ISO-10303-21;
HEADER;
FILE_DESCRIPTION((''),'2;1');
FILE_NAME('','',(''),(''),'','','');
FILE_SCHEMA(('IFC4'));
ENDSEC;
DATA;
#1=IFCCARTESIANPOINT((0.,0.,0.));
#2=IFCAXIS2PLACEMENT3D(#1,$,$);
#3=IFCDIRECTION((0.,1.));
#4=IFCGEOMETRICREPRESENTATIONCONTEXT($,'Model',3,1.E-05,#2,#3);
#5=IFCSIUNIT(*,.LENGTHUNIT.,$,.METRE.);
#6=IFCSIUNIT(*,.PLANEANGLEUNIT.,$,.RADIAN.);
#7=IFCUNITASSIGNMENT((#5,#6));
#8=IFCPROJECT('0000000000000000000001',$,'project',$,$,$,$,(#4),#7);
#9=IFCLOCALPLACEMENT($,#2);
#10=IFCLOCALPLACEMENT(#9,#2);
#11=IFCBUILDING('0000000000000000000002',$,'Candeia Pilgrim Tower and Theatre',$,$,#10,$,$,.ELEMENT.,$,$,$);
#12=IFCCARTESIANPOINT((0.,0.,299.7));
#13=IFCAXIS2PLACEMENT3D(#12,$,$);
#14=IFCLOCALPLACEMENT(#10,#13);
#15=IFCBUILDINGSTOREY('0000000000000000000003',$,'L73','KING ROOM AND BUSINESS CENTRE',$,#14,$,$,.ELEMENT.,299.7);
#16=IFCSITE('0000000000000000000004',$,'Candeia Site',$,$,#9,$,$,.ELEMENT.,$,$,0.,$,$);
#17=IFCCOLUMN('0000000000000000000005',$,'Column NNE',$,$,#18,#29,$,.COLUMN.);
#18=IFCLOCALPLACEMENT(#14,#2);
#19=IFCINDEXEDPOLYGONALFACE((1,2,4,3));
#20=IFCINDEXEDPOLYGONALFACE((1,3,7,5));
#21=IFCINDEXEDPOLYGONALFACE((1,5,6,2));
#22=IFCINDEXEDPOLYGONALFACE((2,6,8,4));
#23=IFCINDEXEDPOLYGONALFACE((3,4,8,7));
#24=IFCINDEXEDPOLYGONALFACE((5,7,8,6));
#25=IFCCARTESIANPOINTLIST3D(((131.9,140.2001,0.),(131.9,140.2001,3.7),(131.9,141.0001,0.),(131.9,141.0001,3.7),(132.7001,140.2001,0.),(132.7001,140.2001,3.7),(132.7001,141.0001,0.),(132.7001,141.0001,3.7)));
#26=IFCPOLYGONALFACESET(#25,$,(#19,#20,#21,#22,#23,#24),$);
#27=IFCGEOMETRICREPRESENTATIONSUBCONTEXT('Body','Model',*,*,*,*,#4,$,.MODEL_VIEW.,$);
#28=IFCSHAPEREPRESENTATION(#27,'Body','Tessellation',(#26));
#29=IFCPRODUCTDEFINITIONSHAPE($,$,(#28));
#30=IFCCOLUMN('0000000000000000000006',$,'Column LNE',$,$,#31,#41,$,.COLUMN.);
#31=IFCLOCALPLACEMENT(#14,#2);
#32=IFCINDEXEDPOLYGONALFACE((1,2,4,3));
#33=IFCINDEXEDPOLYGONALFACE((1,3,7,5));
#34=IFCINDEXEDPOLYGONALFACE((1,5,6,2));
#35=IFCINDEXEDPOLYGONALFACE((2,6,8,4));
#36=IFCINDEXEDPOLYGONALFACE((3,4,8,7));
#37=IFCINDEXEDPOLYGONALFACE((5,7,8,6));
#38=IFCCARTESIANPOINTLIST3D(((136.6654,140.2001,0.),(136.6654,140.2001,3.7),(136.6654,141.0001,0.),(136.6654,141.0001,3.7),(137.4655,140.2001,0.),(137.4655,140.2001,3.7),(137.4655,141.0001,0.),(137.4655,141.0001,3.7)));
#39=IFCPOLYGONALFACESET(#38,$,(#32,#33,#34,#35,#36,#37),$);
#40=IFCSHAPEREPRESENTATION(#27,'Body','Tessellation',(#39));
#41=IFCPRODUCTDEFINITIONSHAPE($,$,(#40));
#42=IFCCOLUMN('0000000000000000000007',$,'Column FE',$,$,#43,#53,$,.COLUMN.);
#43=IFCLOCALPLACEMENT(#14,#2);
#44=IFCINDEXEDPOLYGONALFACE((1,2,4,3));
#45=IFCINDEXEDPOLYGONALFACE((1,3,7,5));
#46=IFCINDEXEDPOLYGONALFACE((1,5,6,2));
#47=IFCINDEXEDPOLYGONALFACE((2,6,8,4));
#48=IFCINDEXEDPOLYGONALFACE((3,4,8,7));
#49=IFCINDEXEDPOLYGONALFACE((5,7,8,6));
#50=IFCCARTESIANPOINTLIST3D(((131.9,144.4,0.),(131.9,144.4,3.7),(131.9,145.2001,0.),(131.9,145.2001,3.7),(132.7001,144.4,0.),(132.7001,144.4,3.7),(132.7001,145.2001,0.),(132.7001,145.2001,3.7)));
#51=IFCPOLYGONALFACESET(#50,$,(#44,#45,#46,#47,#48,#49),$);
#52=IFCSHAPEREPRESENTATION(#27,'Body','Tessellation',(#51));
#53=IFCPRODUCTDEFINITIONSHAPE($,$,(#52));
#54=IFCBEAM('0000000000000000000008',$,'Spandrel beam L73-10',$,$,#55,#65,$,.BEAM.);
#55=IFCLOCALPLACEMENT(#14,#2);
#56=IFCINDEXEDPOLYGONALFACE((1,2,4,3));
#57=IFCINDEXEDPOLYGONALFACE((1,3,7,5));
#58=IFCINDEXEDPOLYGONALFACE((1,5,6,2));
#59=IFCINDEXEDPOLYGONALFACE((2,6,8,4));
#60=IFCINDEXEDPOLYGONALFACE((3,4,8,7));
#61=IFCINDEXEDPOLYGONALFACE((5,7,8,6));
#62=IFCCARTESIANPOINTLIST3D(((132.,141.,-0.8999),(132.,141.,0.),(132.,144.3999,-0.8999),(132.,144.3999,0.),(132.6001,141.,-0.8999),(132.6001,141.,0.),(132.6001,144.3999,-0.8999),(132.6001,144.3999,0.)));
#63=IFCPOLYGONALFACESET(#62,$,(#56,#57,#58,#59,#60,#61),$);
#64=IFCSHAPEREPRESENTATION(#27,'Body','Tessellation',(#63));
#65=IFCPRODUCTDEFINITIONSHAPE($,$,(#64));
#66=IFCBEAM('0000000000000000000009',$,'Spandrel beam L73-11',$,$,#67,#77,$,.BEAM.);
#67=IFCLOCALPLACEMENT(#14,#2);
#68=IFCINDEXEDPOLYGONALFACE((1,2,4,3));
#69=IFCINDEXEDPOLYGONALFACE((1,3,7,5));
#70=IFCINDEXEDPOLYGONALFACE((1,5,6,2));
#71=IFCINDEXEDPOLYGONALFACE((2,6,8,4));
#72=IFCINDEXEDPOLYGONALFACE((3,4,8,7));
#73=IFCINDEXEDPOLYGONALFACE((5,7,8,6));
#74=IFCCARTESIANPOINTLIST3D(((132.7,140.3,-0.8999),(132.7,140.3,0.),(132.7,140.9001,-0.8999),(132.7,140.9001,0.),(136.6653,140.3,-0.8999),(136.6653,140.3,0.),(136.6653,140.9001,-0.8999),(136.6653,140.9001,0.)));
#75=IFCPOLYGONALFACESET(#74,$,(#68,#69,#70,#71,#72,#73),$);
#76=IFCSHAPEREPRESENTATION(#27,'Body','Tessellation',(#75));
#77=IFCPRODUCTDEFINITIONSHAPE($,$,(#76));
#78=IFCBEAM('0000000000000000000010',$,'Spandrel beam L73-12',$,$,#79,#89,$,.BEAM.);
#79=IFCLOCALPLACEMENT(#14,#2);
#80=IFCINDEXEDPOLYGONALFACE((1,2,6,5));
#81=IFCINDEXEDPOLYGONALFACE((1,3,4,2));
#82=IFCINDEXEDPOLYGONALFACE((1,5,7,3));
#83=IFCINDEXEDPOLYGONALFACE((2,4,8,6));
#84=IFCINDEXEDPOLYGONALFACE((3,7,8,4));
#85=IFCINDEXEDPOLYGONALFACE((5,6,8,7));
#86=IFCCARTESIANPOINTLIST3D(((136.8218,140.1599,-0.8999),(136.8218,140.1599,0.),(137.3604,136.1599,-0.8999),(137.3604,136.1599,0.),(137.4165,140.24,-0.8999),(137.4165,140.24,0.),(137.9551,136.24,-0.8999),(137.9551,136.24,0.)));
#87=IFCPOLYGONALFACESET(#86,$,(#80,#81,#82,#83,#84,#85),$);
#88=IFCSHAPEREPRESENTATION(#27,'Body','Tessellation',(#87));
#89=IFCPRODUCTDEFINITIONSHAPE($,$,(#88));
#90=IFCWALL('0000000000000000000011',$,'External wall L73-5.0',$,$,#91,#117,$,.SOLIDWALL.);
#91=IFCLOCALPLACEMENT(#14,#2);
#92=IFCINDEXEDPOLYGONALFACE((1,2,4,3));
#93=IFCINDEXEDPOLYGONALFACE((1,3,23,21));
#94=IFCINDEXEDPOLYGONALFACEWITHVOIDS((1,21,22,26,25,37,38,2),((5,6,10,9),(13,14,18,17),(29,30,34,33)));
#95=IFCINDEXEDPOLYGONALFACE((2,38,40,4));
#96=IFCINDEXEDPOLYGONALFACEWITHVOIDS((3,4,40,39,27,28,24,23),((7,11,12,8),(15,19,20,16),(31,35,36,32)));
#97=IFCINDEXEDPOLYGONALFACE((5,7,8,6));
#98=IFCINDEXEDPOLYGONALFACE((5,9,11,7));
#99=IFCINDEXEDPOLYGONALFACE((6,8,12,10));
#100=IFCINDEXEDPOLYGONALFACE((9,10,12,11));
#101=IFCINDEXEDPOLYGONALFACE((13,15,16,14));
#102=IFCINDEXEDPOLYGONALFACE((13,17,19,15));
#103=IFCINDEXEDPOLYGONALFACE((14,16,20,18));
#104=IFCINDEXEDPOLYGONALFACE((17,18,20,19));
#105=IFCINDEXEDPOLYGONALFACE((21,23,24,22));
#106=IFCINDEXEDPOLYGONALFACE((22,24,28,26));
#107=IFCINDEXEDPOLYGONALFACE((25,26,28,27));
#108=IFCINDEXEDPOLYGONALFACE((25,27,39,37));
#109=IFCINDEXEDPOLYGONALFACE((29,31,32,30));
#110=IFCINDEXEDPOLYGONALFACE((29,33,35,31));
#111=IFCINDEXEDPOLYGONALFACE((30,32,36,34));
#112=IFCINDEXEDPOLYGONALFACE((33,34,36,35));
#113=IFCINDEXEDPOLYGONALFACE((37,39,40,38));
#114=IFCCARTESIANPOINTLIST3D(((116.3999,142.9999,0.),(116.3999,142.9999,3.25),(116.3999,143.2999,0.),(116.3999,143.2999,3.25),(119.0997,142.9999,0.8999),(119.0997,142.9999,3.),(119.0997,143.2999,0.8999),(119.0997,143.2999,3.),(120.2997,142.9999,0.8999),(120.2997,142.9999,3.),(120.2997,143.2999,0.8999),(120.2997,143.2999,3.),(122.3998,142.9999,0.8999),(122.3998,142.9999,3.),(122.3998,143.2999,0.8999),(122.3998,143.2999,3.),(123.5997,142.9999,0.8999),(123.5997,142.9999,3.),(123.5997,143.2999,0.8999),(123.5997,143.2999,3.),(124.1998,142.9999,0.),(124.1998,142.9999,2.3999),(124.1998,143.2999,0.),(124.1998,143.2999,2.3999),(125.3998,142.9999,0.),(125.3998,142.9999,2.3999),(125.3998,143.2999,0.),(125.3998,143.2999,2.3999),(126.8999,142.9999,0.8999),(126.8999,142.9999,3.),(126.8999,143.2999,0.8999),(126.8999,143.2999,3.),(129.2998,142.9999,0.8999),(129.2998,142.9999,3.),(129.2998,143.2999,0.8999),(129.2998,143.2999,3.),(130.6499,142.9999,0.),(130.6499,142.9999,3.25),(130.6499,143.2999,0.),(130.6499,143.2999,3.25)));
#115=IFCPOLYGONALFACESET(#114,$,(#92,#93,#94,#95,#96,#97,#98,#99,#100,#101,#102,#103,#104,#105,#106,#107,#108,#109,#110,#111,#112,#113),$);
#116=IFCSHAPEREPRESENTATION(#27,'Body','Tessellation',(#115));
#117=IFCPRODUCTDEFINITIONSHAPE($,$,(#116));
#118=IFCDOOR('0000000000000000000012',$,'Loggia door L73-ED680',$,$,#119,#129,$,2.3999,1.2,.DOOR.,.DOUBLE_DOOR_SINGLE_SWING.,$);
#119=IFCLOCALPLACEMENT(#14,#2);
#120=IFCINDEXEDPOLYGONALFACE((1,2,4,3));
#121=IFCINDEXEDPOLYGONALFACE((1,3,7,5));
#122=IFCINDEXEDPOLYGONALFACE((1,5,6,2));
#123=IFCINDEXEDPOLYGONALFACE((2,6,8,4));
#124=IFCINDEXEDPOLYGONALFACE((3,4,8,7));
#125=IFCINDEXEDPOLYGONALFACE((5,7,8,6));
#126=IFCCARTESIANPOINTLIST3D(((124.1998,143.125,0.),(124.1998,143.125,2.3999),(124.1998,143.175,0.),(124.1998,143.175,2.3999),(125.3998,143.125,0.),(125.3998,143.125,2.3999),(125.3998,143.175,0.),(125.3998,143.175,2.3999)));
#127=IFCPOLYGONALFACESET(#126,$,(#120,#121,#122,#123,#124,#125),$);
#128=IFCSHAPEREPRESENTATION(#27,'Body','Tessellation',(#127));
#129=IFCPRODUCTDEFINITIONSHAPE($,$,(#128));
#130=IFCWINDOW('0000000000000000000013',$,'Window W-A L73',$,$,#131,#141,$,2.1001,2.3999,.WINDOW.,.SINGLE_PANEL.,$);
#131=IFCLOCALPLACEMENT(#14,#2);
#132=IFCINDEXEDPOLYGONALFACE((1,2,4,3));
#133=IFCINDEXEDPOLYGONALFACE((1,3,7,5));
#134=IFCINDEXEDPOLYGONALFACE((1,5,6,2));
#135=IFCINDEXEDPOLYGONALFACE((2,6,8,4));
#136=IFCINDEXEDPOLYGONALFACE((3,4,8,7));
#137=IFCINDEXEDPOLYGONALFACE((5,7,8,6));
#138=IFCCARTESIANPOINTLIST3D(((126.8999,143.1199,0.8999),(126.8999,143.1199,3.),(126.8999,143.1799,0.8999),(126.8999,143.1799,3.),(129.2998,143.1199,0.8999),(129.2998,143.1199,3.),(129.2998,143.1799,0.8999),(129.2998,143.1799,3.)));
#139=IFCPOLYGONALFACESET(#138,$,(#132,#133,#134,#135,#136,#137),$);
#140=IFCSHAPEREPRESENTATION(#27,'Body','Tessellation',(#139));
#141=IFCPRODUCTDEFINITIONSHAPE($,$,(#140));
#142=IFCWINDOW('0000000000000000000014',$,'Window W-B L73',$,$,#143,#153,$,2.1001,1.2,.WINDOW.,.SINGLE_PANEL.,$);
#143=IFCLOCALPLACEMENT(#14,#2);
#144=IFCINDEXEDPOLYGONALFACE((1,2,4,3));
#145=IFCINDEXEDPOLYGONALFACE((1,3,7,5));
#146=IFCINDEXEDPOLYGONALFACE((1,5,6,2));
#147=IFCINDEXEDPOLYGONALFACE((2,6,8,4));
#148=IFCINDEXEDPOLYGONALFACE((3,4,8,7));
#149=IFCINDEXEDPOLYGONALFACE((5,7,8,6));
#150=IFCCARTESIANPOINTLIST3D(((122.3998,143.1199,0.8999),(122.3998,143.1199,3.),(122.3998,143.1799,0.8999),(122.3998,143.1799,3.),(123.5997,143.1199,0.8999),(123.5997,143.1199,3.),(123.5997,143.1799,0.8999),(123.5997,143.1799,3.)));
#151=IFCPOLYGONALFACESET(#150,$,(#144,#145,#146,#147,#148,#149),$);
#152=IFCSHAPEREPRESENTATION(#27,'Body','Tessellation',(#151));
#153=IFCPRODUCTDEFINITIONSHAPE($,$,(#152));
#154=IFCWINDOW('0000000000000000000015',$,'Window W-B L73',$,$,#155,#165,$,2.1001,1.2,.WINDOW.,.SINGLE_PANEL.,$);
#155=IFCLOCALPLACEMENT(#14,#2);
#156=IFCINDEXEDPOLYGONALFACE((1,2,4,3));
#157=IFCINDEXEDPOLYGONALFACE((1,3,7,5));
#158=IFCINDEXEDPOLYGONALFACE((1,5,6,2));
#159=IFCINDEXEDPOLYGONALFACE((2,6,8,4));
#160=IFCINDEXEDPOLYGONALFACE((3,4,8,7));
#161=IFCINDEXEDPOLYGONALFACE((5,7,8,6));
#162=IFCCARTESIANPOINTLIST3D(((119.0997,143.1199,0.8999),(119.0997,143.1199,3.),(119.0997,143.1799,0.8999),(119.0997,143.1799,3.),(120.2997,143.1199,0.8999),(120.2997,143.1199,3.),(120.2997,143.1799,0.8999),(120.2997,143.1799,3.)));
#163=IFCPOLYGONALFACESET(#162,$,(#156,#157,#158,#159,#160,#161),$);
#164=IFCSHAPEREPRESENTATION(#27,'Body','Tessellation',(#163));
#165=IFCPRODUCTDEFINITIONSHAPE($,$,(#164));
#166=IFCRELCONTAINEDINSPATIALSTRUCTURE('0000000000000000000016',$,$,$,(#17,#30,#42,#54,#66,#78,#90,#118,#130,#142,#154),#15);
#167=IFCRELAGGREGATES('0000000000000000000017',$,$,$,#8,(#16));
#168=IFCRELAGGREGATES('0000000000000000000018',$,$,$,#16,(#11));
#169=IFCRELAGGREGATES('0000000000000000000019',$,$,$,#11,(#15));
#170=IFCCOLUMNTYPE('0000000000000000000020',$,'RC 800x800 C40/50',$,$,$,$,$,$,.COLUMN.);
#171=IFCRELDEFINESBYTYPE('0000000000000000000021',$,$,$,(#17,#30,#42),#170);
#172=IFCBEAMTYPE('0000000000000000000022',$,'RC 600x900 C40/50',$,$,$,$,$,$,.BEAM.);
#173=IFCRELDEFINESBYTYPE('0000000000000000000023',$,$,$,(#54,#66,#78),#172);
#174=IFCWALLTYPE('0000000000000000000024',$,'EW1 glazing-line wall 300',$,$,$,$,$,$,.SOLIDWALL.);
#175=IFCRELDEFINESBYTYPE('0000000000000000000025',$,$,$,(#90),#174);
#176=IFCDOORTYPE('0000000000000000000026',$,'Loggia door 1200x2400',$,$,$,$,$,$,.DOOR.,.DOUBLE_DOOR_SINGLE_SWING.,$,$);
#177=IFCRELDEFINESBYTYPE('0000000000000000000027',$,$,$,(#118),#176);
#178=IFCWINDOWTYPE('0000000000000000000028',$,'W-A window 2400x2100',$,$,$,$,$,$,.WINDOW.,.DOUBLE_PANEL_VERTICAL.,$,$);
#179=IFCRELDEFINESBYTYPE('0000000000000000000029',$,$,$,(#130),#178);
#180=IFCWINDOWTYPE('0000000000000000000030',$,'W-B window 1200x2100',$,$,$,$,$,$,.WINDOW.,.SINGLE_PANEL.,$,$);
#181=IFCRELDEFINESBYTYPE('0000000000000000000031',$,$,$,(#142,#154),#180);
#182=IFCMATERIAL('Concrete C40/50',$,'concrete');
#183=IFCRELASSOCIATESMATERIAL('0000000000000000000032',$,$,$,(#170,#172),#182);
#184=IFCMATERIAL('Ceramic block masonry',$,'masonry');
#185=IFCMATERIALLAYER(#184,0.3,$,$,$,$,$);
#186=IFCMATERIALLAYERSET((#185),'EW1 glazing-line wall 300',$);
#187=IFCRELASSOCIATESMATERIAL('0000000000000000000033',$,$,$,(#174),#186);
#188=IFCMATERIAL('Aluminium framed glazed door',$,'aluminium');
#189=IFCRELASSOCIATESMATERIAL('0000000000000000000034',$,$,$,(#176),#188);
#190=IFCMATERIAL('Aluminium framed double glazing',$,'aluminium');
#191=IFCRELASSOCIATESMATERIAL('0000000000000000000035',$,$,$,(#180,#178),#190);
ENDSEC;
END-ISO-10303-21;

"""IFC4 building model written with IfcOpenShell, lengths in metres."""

from ifc_helpers import new_model, si_unit, direction, frame, frame_2d, origin, origin_2d, place, context, subcontext, project, spatial, rectangle, extrude, material, layer, layer_set, material_profile, profile_set, type_object, element, fill, save


model = new_model("IFC4")

# Units and contexts
model_context = context("Model", 3, precision=1e-05, world=origin(), true_north=direction((0.0, 1.0)))
body_context = subcontext(model_context, "Body", "Model", "MODEL_VIEW")
ifc_project = project(units=[si_unit("LENGTHUNIT", "METRE"), si_unit("PLANEANGLEUNIT", "RADIAN")], contexts=[model_context])

# Site, building, storey
site_placement = place(None, origin())
site = spatial("IfcSite", under=ifc_project, at=site_placement, Name="Candeia Site", CompositionType="ELEMENT", RefElevation=0.0)
building_placement = place(site_placement, origin())
building = spatial("IfcBuilding", under=site, at=building_placement, Name="Candeia Pilgrim Tower and Theatre", CompositionType="ELEMENT")
storey_placement = place(building_placement, frame((0.0, 0.0, 299.7)))
storey = spatial("IfcBuildingStorey", under=building, at=storey_placement, Name="L73", Description="KING ROOM AND BUSINESS CENTRE", CompositionType="ELEMENT", Elevation=299.7)

# Columns
ifc_material_1 = material(Name="Concrete C40/50", Category="concrete")
ifc_material_profile_1 = material_profile(ifc_material_1, rectangle(XDim=0.8, YDim=0.8, at=origin_2d()))
ifc_profile_set_1 = profile_set([ifc_material_profile_1], Name="Concrete C40/50")
column_type = type_object("IfcColumnType", Name="RC 800x800 C40/50", PredefinedType="COLUMN", material=ifc_profile_set_1)
for number, where, z_axis, x_axis, name in (
    (1, (132.3, 140.6001, 0.0), (0.0, 0.0, 1.0), (1.0, 0.0, 0.0), "Column NNE"),
    (2, (137.0654, 140.6001, 0.0), (0.0, 0.0, 1.0), (1.0, 0.0, 0.0), "Column LNE"),
    (3, (132.3, 144.8, 0.0), (0.0, 0.0, 1.0), (1.0, 0.0, 0.0), "Column FE"),
):
    element("IfcColumn", number, at=place(storey_placement, frame(where, z_axis=z_axis, x_axis=x_axis)), inside=storey, type_object=column_type, Name=name, PredefinedType="COLUMN", context=body_context, shape_type="SweptSolid", body=[
        extrude(rectangle(XDim=0.8, YDim=0.8, at=origin_2d()), origin(), (0.0, 0.0, 1.0), 3.7),
    ])

# Beams
ifc_material_profile_2 = material_profile(ifc_material_1, rectangle(XDim=0.6001, YDim=0.8999, at=origin_2d()))
ifc_profile_set_2 = profile_set([ifc_material_profile_2], Name="Concrete C40/50")
beam_type = type_object("IfcBeamType", Name="RC 600x900 C40/50", PredefinedType="BEAM", material=ifc_profile_set_2)
beam_1_placement = place(storey_placement, frame((132.3, 144.3999, -0.45), z_axis=(0.0, -1.0, 0.0), x_axis=(1.0, 0.0, 0.0)))
element("IfcBeam", 4, at=beam_1_placement, inside=storey, type_object=beam_type, Name="Spandrel beam L73-10", PredefinedType="BEAM", context=body_context, shape_type="SweptSolid", body=[
    extrude(rectangle(XDim=0.6001, YDim=0.8999, at=origin_2d()), origin(), (0.0, 0.0, 1.0), 3.3999),
])
beam_2_placement = place(storey_placement, frame((132.7, 140.6001, -0.45), z_axis=(1.0, 0.0, 0.0), x_axis=(0.0, 1.0, 0.0)))
element("IfcBeam", 5, at=beam_2_placement, inside=storey, type_object=beam_type, Name="Spandrel beam L73-11", PredefinedType="BEAM", context=body_context, shape_type="SweptSolid", body=[
    extrude(rectangle(XDim=0.6001, YDim=0.8999, at=origin_2d()), origin(), (0.0, 0.0, 1.0), 3.9653),
])
beam_3_placement = place(storey_placement, frame((137.1191, 140.2, -0.45), z_axis=(0.133439, -0.991057, 0.0), x_axis=(0.991057, 0.133439, 0.0)))
element("IfcBeam", 6, at=beam_3_placement, inside=storey, type_object=beam_type, Name="Spandrel beam L73-12", PredefinedType="BEAM", context=body_context, shape_type="SweptSolid", body=[
    extrude(rectangle(XDim=0.6001, YDim=0.8999, at=origin_2d()), origin(), (0.0, 0.0, 1.0), 4.0361),
])

# Shared definitions
ifc_material_2 = material(Name="Ceramic block masonry", Category="masonry")
ifc_layer_1 = layer(ifc_material_2, 0.3)
ifc_layer_set_1 = layer_set([ifc_layer_1], Name="EW1 glazing-line wall 300")
wall_type_1 = type_object("IfcWallType", Name="EW1 glazing-line wall 300", PredefinedType="SOLIDWALL", material=ifc_layer_set_1)
ifc_material_3 = material(Name="Aluminium framed glazed door", Category="aluminium")
door_type = type_object("IfcDoorType", Name="Loggia door 1200x2400", OperationType="DOUBLE_DOOR_SINGLE_SWING", PredefinedType="DOOR", material=ifc_material_3)
ifc_material_4 = material(Name="Aluminium framed double glazing", Category="aluminium")
window_type_1 = type_object("IfcWindowType", Name="W-B window 1200x2100", PartitioningType="SINGLE_PANEL", PredefinedType="WINDOW", material=ifc_material_4)

# Wall, openings, door, windows
wall_1_placement = place(storey_placement, frame((130.6499, 143.1499, 0.0), z_axis=(0.0, 0.0, 1.0), x_axis=(-1.0, 0.0, 0.0)))
wall_1 = element("IfcWall", 7, at=wall_1_placement, inside=storey, type_object=wall_type_1, Name="External wall L73-5.0", PredefinedType="SOLIDWALL", context=body_context, shape_type="SweptSolid", body=[
    extrude(rectangle(XDim=14.25, YDim=0.3, at=frame_2d((7.125, 0.0))), origin(), (0.0, 0.0, 1.0), 3.25),
])
opening_1_placement = place(wall_1_placement, frame((1.3501, 0.0, 0.8999)))
opening_1 = element("IfcOpeningElement", 8, at=opening_1_placement, cuts=wall_1, PredefinedType="OPENING", context=body_context, shape_type="SweptSolid", body=[
    extrude(rectangle(XDim=2.3999, YDim=2.1001, at=frame_2d((1.2, 1.05))), frame((0.0, 0.1602, 0.0), z_axis=(0.0, -1.0, 0.0), x_axis=(1.0, 0.0, 0.0)), (0.0, 0.0, 1.0), 0.3201),
])
opening_2_placement = place(wall_1_placement, frame((5.25, 0.0, 0.0)))
opening_2 = element("IfcOpeningElement", 9, at=opening_2_placement, cuts=wall_1, PredefinedType="OPENING", context=body_context, shape_type="SweptSolid", body=[
    extrude(rectangle(XDim=1.2, YDim=2.3999, at=frame_2d((0.6001, 1.2))), frame((0.0, 0.1602, 0.0), z_axis=(0.0, -1.0, 0.0), x_axis=(1.0, 0.0, 0.0)), (0.0, 0.0, 1.0), 0.3201),
])
opening_3_placement = place(wall_1_placement, frame((7.05, 0.0, 0.8999)))
opening_3 = element("IfcOpeningElement", 10, at=opening_3_placement, cuts=wall_1, PredefinedType="OPENING", context=body_context, shape_type="SweptSolid", body=[
    extrude(rectangle(XDim=1.2, YDim=2.1001, at=frame_2d((0.6001, 1.05))), frame((0.0, 0.1602, 0.0), z_axis=(0.0, -1.0, 0.0), x_axis=(1.0, 0.0, 0.0)), (0.0, 0.0, 1.0), 0.3201),
])
opening_4_placement = place(wall_1_placement, frame((10.3501, 0.0, 0.8999)))
opening_4 = element("IfcOpeningElement", 11, at=opening_4_placement, cuts=wall_1, PredefinedType="OPENING", context=body_context, shape_type="SweptSolid", body=[
    extrude(rectangle(XDim=1.2, YDim=2.1001, at=frame_2d((0.6001, 1.05))), frame((0.0, 0.1602, 0.0), z_axis=(0.0, -1.0, 0.0), x_axis=(1.0, 0.0, 0.0)), (0.0, 0.0, 1.0), 0.3201),
])
door_1_placement = place(opening_2_placement, origin())
door_1 = element("IfcDoor", 12, at=door_1_placement, inside=storey, type_object=door_type, Name="Loggia door L73-ED680", OperationType="DOUBLE_DOOR_SINGLE_SWING", OverallHeight=2.3999, OverallWidth=1.2, PredefinedType="DOOR", context=body_context, shape_type="SweptSolid", body=[
    extrude(rectangle(XDim=1.2, YDim=2.3999, at=frame_2d((0.6001, 1.2))), frame((0.0, 0.0249, 0.0), z_axis=(0.0, -1.0, 0.0), x_axis=(1.0, 0.0, 0.0)), (0.0, 0.0, 1.0), 0.05),
])
fill(opening_2, door_1)
window_type_2 = type_object("IfcWindowType", Name="W-A window 2400x2100", PartitioningType="DOUBLE_PANEL_VERTICAL", PredefinedType="WINDOW", material=ifc_material_4)
window_1_placement = place(opening_1_placement, origin())
window_1 = element("IfcWindow", 13, at=window_1_placement, inside=storey, type_object=window_type_2, Name="Window W-A L73", OverallHeight=2.1001, OverallWidth=2.3999, PartitioningType="SINGLE_PANEL", PredefinedType="WINDOW", context=body_context, shape_type="SweptSolid", body=[
    extrude(rectangle(XDim=2.3999, YDim=2.1001, at=frame_2d((1.2, 1.05))), frame((0.0, 0.03, 0.0), z_axis=(0.0, -1.0, 0.0), x_axis=(1.0, 0.0, 0.0)), (0.0, 0.0, 1.0), 0.0601),
])
fill(opening_1, window_1)
window_2_placement = place(opening_3_placement, origin())
window_2 = element("IfcWindow", 14, at=window_2_placement, inside=storey, type_object=window_type_1, Name="Window W-B L73", OverallHeight=2.1001, OverallWidth=1.2, PartitioningType="SINGLE_PANEL", PredefinedType="WINDOW", context=body_context, shape_type="SweptSolid", body=[
    extrude(rectangle(XDim=1.2, YDim=2.1001, at=frame_2d((0.6001, 1.05))), frame((0.0, 0.03, 0.0), z_axis=(0.0, -1.0, 0.0), x_axis=(1.0, 0.0, 0.0)), (0.0, 0.0, 1.0), 0.0601),
])
fill(opening_3, window_2)
window_3_placement = place(opening_4_placement, origin())
window_3 = element("IfcWindow", 15, at=window_3_placement, inside=storey, type_object=window_type_1, Name="Window W-B L73", OverallHeight=2.1001, OverallWidth=1.2, PartitioningType="SINGLE_PANEL", PredefinedType="WINDOW", context=body_context, shape_type="SweptSolid", body=[
    extrude(rectangle(XDim=1.2, YDim=2.1001, at=frame_2d((0.6001, 1.05))), frame((0.0, 0.03, 0.0), z_axis=(0.0, -1.0, 0.0), x_axis=(1.0, 0.0, 0.0)), (0.0, 0.0, 1.0), 0.0601),
])
fill(opening_4, window_3)

save(model, "model.ifc")
